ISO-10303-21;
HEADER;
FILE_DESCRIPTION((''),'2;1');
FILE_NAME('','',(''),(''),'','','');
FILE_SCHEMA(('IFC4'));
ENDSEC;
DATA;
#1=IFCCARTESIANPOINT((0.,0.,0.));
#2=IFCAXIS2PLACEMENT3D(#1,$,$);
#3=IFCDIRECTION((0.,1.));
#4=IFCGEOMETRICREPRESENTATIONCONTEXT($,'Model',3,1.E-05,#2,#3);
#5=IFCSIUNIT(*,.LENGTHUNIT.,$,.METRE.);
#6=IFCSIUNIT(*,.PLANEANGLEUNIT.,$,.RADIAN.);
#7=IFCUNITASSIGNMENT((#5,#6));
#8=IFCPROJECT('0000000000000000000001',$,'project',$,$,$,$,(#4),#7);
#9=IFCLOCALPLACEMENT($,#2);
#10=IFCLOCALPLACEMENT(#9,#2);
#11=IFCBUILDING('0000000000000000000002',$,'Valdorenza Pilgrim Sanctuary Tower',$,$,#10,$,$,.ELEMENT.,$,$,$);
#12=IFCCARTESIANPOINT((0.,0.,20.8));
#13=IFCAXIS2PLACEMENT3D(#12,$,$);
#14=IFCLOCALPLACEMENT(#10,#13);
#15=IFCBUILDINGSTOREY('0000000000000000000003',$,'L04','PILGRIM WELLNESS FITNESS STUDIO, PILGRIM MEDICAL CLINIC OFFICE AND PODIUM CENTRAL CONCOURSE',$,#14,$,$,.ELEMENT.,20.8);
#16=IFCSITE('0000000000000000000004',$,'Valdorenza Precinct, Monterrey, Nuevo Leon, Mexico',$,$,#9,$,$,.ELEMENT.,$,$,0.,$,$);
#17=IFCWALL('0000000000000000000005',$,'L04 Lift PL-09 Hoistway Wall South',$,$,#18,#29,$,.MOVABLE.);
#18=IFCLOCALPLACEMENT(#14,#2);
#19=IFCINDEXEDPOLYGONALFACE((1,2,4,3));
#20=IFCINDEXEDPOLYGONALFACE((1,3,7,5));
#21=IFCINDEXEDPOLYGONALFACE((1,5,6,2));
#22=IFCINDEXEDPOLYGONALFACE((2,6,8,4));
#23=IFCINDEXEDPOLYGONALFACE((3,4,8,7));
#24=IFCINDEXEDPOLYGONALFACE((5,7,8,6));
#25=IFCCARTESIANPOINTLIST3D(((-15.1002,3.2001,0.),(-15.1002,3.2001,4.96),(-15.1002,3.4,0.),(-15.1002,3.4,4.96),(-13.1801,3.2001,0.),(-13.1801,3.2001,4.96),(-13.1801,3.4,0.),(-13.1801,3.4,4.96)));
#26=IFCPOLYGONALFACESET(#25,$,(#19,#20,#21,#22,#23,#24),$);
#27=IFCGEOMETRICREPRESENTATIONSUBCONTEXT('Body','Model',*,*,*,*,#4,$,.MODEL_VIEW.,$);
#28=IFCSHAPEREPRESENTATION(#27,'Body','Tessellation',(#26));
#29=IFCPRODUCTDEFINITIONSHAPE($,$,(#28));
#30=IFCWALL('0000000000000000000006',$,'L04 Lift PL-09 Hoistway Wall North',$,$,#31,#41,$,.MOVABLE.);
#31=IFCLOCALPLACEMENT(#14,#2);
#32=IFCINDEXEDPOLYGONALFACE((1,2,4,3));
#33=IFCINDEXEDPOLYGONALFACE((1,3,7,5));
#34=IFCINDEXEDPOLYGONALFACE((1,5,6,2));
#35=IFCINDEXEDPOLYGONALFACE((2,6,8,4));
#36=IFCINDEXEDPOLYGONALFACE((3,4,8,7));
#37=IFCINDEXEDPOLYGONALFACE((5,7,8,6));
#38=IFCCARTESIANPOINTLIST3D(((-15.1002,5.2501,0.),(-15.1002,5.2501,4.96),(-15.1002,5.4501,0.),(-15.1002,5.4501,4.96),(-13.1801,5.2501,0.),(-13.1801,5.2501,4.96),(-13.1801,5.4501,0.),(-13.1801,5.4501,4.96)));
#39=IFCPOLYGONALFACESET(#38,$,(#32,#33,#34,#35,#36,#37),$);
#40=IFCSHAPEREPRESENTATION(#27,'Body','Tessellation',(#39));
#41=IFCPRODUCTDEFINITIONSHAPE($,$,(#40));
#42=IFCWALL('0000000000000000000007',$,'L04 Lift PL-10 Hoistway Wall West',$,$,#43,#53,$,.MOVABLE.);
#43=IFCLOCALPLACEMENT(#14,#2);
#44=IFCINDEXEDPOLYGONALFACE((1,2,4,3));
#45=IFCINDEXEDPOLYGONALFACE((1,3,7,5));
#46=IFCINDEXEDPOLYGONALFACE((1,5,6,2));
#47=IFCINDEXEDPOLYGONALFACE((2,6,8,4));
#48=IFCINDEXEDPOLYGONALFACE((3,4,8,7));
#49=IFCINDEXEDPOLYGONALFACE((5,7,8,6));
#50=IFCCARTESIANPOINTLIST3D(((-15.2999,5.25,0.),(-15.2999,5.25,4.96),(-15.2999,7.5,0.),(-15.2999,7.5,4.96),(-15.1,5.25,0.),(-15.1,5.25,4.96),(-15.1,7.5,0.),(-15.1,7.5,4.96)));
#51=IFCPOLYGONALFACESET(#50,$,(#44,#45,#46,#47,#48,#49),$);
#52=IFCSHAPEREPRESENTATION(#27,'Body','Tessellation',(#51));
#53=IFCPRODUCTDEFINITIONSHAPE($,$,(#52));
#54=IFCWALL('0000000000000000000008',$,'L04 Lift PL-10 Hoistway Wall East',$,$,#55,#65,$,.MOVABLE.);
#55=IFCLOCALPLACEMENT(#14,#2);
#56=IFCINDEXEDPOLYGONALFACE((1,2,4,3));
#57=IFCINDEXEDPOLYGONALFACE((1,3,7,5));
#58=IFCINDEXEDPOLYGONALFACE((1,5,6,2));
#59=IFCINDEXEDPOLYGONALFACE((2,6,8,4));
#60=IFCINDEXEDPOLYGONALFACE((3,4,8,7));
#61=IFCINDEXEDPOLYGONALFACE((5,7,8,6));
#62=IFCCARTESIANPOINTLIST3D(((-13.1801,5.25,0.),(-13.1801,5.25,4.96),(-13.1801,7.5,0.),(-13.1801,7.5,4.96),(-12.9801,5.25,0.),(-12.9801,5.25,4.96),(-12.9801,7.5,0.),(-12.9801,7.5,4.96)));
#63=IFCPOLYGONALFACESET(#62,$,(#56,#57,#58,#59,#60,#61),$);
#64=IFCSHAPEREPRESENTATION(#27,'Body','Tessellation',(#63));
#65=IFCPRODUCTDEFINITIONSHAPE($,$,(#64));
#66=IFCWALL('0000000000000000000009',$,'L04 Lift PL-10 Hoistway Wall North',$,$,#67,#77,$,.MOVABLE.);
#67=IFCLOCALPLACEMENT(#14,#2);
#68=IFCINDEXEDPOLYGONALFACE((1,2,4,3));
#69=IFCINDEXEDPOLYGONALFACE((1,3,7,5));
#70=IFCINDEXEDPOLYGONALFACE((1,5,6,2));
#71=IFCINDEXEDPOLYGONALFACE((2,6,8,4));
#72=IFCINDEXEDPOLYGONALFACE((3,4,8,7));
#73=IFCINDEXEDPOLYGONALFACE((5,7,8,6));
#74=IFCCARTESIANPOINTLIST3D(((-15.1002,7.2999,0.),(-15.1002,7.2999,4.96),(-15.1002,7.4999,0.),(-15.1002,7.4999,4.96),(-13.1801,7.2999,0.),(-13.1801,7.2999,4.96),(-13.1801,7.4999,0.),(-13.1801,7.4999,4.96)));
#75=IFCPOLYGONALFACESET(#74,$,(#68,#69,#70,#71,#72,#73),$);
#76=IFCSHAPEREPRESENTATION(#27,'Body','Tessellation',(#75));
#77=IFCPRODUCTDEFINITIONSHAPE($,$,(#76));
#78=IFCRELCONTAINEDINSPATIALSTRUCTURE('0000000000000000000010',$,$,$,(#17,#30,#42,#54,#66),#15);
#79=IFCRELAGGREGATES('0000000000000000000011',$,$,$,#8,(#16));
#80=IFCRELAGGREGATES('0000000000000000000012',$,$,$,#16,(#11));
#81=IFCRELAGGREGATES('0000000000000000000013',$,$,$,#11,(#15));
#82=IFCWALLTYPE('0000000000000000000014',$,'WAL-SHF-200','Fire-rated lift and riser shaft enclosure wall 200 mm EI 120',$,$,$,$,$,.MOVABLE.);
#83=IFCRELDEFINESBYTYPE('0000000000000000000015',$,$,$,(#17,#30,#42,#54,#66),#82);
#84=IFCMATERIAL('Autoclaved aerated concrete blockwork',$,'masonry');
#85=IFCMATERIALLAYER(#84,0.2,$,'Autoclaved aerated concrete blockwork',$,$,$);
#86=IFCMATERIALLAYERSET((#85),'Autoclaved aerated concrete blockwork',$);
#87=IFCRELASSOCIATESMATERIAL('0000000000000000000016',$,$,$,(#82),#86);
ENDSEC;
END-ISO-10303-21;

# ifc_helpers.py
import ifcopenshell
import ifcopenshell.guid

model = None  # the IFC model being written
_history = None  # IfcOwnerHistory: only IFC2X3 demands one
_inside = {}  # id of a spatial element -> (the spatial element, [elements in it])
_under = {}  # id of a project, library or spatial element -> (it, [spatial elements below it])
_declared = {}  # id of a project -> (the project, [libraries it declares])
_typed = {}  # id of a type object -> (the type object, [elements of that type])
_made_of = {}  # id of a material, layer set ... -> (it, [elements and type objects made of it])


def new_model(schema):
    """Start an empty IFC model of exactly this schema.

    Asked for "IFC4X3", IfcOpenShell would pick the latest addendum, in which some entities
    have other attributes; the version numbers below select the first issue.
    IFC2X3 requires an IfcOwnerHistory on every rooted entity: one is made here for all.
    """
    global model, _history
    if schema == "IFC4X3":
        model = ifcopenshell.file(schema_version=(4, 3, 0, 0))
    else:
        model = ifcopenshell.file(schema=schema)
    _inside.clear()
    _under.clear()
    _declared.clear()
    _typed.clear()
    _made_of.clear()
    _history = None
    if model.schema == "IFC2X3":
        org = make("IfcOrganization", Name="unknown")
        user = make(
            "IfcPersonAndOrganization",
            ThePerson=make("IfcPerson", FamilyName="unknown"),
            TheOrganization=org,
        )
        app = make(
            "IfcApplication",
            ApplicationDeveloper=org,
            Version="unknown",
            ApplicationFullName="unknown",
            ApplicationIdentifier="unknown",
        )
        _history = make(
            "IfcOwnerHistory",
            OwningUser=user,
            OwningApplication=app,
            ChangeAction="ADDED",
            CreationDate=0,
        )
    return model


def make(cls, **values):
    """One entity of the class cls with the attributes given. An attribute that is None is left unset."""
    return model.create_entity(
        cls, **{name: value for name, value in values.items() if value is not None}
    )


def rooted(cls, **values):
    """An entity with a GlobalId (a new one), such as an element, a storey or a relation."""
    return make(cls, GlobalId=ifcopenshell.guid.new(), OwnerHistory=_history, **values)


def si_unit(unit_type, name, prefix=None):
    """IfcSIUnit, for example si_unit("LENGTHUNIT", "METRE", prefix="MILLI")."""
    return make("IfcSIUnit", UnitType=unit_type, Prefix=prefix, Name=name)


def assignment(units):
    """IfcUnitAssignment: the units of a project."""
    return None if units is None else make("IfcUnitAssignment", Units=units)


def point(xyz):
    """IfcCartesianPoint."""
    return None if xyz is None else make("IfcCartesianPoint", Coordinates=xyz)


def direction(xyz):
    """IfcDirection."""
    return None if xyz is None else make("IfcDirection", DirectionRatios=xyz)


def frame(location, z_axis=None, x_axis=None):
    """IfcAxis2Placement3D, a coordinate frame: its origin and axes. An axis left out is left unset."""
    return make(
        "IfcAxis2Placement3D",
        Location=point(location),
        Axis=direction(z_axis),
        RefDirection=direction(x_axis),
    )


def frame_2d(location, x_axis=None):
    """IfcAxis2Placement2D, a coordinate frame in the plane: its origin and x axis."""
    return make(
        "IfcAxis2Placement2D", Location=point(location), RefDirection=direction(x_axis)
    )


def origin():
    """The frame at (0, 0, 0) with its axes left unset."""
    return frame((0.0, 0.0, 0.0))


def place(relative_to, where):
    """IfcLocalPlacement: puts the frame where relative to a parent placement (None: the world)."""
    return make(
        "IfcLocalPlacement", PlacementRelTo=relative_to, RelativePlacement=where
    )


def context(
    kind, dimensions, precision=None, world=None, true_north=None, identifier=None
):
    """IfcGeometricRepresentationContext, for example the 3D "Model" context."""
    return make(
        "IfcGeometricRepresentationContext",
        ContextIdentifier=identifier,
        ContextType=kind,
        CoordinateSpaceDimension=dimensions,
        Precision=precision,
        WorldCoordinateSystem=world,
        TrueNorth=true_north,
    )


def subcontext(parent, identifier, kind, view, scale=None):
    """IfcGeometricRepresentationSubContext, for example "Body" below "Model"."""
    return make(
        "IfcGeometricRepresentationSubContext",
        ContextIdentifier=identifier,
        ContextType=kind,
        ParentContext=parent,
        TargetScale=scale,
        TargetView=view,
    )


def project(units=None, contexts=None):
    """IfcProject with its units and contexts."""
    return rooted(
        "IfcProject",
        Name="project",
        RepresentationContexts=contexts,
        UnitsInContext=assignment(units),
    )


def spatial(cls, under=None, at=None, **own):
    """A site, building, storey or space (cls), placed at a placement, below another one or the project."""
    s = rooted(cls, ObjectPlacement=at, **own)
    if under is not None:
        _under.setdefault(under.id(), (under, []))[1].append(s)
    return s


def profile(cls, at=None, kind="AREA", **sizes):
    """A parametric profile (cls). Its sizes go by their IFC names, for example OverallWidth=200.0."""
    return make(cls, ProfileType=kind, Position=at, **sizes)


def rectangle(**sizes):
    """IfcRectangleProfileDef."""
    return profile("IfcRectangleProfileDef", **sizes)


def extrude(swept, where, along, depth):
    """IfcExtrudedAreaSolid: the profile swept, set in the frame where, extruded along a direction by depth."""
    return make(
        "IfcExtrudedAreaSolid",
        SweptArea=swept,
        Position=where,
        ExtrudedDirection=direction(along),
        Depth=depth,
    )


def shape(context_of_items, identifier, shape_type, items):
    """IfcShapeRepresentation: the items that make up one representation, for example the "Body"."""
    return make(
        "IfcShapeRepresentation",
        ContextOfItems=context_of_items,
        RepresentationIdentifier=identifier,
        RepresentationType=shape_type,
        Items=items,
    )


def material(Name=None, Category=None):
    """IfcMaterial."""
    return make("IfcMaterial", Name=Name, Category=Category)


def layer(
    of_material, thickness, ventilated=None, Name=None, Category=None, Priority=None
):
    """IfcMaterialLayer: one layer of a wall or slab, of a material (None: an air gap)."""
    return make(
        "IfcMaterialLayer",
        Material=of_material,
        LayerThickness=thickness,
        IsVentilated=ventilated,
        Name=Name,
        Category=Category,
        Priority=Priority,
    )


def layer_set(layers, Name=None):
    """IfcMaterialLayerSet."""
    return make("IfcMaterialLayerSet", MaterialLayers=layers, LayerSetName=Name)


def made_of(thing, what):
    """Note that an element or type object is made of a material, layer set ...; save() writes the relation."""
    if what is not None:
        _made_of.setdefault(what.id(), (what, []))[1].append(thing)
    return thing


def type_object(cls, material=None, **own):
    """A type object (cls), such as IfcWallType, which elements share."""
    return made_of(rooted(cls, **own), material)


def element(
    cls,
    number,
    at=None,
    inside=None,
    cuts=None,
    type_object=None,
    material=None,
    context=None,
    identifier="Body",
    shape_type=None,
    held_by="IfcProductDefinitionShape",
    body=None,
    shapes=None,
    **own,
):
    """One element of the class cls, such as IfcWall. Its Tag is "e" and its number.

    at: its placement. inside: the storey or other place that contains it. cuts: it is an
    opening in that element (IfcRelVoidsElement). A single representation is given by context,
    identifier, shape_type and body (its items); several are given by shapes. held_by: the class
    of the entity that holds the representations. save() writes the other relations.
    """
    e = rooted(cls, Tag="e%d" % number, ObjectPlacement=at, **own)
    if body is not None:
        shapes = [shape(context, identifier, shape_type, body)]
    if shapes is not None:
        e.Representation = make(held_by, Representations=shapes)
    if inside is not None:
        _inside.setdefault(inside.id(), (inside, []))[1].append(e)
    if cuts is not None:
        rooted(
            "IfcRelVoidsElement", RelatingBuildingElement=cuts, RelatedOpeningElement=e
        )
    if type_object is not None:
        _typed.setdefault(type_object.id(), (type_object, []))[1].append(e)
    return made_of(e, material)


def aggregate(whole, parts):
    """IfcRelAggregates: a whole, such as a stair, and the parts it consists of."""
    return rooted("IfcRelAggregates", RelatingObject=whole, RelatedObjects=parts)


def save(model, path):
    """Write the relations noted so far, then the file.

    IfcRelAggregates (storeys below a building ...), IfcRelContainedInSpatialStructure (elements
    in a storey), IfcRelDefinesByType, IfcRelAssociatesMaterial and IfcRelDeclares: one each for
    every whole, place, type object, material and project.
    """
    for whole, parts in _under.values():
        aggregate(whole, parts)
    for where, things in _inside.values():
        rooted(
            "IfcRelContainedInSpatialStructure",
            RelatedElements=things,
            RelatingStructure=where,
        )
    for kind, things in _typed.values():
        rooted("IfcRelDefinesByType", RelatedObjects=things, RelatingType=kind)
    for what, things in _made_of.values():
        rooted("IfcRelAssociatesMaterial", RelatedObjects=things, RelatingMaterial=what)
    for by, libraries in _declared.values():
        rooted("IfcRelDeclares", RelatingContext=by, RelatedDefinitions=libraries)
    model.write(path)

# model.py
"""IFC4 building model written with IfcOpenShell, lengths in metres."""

from ifc_helpers import new_model, si_unit, direction, frame, frame_2d, origin, place, context, subcontext, project, spatial, rectangle, extrude, material, layer, layer_set, type_object, element, save


model = new_model("IFC4")

# Units and contexts
model_context = context("Model", 3, precision=1e-05, world=origin(), true_north=direction((0.0, 1.0)))
body_context = subcontext(model_context, "Body", "Model", "MODEL_VIEW")
ifc_project = project(units=[si_unit("LENGTHUNIT", "METRE"), si_unit("PLANEANGLEUNIT", "RADIAN")], contexts=[model_context])

# Site, building, storey
site_placement = place(None, origin())
site = spatial("IfcSite", under=ifc_project, at=site_placement, Name="Valdorenza Precinct, Monterrey, Nuevo Leon, Mexico", CompositionType="ELEMENT", RefElevation=0.0)
building_placement = place(site_placement, origin())
building = spatial("IfcBuilding", under=site, at=building_placement, Name="Valdorenza Pilgrim Sanctuary Tower", CompositionType="ELEMENT")
storey_placement = place(building_placement, frame((0.0, 0.0, 20.8)))
storey = spatial("IfcBuildingStorey", under=building, at=storey_placement, Name="L04", Description="PILGRIM WELLNESS FITNESS STUDIO, PILGRIM MEDICAL CLINIC OFFICE AND PODIUM CENTRAL CONCOURSE", CompositionType="ELEMENT", Elevation=20.8)

# Shared definitions
ifc_material_1 = material(Name="Autoclaved aerated concrete blockwork", Category="masonry")
ifc_layer_1 = layer(ifc_material_1, 0.2, Name="Autoclaved aerated concrete blockwork")
ifc_layer_set_1 = layer_set([ifc_layer_1], Name="Autoclaved aerated concrete blockwork")
wall_type_1 = type_object("IfcWallType", Name="WAL-SHF-200", Description="Fire-rated lift and riser shaft enclosure wall 200 mm EI 120", PredefinedType="MOVABLE", material=ifc_layer_set_1)

# Walls
for number, where, z_axis, x_axis, name in (
    (1, (-15.1001, 3.3, 0.0), (0.0, 0.0, 1.0), (1.0, 0.0, 0.0), "L04 Lift PL-09 Hoistway Wall South"),
    (2, (-15.1001, 5.3501, 0.0), (0.0, 0.0, 1.0), (1.0, 0.0, 0.0), "L04 Lift PL-09 Hoistway Wall North"),
):
    element("IfcWall", number, at=place(storey_placement, frame(where, z_axis=z_axis, x_axis=x_axis)), inside=storey, type_object=wall_type_1, Name=name, PredefinedType="MOVABLE", context=body_context, shape_type="SweptSolid", body=[
        extrude(rectangle(XDim=1.9202, YDim=0.2, at=frame_2d((0.96, 0.0))), origin(), (0.0, 0.0, 1.0), 4.96),
    ])
for number, where, z_axis, x_axis, name in (
    (3, (-15.2, 5.25, 0.0), (0.0, 0.0, 1.0), (0.0, 1.0, 0.0), "L04 Lift PL-10 Hoistway Wall West"),
    (4, (-13.0801, 5.25, 0.0), (0.0, 0.0, 1.0), (0.0, 1.0, 0.0), "L04 Lift PL-10 Hoistway Wall East"),
):
    element("IfcWall", number, at=place(storey_placement, frame(where, z_axis=z_axis, x_axis=x_axis)), inside=storey, type_object=wall_type_1, Name=name, PredefinedType="MOVABLE", context=body_context, shape_type="SweptSolid", body=[
        extrude(rectangle(XDim=2.25, YDim=0.2, at=frame_2d((1.125, 0.0))), origin(), (0.0, 0.0, 1.0), 4.96),
    ])
wall_1_placement = place(storey_placement, frame((-15.1001, 7.3999, 0.0), z_axis=(0.0, 0.0, 1.0), x_axis=(1.0, 0.0, 0.0)))
element("IfcWall", 5, at=wall_1_placement, inside=storey, type_object=wall_type_1, Name="L04 Lift PL-10 Hoistway Wall North", PredefinedType="MOVABLE", context=body_context, shape_type="SweptSolid", body=[
    extrude(rectangle(XDim=1.9202, YDim=0.2, at=frame_2d((0.96, 0.0))), origin(), (0.0, 0.0, 1.0), 4.96),
])

save(model, "model.ifc")
